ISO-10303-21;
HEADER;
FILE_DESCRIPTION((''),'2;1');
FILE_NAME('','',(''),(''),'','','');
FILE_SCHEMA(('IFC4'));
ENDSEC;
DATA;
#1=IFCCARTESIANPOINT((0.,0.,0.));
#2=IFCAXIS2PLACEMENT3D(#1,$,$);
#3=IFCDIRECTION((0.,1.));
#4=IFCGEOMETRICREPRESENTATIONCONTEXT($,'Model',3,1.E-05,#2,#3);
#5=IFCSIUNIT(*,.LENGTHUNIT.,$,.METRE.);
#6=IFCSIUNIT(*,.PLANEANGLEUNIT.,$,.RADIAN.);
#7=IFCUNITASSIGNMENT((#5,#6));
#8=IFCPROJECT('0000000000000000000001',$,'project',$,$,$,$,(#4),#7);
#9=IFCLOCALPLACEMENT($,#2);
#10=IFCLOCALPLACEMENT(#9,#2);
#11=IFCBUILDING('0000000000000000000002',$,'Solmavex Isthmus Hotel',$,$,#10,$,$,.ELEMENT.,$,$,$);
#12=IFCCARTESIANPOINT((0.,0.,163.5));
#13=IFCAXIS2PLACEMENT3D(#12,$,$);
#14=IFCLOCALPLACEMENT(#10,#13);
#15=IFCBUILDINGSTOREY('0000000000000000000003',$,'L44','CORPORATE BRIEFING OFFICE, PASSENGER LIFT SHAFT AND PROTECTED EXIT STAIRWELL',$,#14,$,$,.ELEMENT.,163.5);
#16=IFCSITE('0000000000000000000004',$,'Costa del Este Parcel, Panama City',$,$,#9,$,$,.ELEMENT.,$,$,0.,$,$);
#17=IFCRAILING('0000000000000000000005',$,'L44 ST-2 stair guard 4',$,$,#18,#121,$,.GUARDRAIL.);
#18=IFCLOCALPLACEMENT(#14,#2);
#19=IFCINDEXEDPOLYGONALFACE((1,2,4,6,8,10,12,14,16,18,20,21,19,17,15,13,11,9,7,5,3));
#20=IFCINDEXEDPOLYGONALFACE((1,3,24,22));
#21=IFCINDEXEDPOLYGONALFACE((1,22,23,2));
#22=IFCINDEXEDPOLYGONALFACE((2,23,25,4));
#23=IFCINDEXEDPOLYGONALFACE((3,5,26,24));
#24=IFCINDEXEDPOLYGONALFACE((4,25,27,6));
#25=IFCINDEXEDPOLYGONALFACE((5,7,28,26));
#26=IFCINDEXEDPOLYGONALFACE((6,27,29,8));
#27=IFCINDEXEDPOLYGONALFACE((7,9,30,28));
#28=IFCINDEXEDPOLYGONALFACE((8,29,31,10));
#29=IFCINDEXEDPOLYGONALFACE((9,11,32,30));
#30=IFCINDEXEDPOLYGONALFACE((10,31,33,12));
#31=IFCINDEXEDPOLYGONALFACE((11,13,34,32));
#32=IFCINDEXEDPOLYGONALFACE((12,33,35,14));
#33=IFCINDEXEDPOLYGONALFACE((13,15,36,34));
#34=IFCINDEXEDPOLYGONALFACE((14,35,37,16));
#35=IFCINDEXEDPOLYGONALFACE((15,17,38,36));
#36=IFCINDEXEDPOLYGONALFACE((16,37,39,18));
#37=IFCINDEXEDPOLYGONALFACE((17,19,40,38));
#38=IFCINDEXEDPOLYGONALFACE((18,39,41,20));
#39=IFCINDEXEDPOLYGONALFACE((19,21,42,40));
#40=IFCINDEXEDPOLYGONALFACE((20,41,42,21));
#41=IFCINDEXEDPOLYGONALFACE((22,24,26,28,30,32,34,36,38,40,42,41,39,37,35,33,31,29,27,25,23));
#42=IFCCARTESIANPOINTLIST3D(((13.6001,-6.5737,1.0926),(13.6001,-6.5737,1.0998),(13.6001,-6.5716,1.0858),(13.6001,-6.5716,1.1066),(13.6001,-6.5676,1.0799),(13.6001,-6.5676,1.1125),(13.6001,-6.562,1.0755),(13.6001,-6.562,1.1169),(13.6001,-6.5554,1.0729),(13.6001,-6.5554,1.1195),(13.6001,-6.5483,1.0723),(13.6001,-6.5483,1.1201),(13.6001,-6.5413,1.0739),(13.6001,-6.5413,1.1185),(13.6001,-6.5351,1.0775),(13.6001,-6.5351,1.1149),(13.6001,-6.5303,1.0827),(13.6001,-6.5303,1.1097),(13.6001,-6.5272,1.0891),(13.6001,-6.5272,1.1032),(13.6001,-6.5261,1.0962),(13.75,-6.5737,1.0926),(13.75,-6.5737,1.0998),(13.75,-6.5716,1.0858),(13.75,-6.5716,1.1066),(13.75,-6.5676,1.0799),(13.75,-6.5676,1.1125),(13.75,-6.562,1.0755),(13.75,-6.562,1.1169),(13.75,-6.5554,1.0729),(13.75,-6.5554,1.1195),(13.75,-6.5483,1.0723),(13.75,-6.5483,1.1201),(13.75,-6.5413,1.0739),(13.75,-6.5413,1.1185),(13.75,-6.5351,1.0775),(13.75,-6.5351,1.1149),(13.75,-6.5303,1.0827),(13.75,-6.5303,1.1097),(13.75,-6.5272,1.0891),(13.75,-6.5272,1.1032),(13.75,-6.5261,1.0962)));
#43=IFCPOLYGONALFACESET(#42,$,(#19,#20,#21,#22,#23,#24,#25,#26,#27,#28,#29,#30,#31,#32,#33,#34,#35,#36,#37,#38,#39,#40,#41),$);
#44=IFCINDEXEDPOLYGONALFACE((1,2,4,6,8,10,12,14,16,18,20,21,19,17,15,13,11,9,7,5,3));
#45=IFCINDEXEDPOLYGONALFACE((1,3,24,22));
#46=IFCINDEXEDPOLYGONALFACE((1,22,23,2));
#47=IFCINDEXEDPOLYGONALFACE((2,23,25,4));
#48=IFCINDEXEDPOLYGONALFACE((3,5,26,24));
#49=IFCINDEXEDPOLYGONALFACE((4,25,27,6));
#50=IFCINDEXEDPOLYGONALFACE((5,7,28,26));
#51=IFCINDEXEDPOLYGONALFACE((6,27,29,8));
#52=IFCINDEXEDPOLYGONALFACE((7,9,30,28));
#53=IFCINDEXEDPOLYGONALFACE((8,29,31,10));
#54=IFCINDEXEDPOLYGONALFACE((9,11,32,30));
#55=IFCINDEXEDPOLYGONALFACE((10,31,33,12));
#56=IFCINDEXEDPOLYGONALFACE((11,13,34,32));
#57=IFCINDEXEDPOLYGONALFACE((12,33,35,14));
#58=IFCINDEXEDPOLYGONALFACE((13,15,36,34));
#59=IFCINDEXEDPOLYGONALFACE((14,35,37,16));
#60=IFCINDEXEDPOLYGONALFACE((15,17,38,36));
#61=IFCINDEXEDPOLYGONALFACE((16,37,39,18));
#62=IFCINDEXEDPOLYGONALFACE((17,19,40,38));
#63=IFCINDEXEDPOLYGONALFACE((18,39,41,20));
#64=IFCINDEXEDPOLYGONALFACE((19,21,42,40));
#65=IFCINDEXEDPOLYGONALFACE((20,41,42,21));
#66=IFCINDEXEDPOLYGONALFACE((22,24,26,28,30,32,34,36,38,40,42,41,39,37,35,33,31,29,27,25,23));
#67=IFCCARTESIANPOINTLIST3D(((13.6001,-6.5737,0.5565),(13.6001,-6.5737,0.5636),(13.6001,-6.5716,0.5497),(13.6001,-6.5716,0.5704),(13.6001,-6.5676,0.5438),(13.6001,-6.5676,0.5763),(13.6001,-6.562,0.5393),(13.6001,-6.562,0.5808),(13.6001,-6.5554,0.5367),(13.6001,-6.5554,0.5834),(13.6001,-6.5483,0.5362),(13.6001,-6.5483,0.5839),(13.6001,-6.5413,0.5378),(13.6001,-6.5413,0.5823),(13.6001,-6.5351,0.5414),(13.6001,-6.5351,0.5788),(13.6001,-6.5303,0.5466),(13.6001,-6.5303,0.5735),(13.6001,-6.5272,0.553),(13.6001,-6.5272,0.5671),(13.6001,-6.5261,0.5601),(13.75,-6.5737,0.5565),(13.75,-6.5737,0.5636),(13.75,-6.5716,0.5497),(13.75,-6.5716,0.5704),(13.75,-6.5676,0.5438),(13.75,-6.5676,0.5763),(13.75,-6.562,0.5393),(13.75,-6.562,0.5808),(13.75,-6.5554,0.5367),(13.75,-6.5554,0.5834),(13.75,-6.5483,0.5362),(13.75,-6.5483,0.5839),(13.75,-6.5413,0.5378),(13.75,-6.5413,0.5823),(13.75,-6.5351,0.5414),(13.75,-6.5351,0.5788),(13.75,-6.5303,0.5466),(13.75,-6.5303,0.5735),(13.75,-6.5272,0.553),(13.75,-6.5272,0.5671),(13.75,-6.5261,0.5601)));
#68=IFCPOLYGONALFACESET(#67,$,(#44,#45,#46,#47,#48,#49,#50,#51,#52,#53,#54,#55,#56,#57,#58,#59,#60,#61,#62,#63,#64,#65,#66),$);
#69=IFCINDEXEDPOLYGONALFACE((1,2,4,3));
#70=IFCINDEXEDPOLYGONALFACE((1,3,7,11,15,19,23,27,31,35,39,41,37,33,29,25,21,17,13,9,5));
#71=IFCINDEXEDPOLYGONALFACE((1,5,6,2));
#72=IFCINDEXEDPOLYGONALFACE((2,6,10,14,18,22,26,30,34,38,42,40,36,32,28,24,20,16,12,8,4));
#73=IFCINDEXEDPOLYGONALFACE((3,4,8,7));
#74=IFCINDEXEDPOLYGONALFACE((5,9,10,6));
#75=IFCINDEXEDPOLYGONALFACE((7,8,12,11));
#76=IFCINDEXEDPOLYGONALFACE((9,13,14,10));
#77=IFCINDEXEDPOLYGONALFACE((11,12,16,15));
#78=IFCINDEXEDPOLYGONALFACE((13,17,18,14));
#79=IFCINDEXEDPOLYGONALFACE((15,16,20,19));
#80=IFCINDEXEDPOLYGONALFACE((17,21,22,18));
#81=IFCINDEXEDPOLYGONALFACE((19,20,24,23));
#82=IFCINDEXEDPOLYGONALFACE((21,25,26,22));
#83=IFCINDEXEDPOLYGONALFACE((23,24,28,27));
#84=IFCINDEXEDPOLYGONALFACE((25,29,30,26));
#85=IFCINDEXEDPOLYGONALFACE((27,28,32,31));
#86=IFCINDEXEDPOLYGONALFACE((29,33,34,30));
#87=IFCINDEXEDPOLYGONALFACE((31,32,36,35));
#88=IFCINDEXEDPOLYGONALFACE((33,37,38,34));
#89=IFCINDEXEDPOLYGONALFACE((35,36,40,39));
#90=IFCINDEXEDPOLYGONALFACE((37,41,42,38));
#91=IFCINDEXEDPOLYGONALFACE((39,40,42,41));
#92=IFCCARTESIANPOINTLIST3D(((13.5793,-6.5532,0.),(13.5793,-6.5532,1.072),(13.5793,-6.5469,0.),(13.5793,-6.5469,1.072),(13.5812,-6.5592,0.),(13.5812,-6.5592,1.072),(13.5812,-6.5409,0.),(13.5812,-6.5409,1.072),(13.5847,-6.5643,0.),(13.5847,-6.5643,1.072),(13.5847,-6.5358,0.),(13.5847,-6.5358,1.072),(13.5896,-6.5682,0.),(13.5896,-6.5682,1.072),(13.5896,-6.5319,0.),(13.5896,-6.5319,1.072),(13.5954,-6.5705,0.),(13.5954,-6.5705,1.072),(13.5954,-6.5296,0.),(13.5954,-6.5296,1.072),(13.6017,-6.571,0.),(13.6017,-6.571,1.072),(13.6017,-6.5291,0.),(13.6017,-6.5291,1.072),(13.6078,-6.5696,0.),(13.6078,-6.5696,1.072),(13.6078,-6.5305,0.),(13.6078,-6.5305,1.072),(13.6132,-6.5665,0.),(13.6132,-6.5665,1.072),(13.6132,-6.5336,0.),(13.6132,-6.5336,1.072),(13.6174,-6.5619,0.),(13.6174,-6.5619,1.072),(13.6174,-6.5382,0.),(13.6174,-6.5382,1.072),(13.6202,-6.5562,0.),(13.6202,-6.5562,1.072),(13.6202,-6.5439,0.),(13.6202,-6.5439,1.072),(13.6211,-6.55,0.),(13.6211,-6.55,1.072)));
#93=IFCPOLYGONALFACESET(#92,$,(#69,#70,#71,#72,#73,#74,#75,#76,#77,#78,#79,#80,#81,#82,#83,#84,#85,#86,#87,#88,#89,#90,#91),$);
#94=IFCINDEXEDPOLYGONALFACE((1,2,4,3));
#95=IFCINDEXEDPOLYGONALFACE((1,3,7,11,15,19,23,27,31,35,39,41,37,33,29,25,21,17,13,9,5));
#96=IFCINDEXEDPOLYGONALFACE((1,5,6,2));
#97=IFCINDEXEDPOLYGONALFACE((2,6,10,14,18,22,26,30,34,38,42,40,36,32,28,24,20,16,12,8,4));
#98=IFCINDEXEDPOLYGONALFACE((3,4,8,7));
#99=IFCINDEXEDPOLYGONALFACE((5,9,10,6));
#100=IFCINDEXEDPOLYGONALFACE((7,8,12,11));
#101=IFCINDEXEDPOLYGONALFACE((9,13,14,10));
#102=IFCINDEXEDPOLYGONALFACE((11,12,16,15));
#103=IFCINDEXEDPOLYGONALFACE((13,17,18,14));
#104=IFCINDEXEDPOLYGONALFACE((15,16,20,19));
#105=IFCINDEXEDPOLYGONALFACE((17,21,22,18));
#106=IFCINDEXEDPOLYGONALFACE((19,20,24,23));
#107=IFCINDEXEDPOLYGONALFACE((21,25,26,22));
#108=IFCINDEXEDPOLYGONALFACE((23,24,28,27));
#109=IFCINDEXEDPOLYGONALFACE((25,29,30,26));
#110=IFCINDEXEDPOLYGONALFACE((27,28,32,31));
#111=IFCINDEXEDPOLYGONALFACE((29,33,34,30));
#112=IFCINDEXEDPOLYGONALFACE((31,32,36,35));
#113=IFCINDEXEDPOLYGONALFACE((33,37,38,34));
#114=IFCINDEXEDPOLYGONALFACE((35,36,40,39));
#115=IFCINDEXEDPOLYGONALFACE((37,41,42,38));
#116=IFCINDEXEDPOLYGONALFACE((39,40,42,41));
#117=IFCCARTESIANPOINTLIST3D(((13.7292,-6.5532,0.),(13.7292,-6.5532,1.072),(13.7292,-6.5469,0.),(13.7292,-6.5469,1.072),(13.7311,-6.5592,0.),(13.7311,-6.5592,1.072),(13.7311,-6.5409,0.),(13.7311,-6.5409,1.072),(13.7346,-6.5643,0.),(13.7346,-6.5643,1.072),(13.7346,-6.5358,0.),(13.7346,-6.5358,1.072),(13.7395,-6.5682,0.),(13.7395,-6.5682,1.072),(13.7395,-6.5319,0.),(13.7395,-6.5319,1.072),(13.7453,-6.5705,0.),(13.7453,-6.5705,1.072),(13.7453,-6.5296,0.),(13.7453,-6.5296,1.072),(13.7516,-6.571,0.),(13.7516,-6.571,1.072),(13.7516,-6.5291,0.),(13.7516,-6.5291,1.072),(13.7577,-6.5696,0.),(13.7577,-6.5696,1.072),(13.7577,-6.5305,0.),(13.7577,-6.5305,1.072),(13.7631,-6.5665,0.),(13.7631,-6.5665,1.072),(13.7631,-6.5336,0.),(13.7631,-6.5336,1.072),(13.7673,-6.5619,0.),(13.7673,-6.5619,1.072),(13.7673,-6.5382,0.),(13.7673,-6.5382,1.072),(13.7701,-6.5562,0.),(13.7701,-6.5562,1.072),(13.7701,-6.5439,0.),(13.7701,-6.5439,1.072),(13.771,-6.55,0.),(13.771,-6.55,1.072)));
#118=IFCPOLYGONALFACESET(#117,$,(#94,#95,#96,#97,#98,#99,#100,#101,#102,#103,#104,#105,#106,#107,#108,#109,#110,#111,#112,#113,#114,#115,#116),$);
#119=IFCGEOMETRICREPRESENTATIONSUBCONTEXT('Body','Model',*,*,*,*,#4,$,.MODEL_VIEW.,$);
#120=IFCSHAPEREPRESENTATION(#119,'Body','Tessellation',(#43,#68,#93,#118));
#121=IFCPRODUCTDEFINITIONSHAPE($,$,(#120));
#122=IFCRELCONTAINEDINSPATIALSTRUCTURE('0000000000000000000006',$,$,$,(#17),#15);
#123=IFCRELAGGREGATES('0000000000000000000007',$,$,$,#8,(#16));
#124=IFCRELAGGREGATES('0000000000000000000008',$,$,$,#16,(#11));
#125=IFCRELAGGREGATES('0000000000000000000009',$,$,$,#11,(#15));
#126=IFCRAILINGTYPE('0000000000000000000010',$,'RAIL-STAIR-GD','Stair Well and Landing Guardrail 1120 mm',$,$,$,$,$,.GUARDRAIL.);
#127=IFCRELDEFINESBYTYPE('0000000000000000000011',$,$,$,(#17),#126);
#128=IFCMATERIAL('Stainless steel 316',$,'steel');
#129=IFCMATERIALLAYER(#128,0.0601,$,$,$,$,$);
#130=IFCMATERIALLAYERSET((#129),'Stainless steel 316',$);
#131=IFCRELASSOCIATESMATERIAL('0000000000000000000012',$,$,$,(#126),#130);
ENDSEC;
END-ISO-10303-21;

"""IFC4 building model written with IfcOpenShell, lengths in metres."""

from ifc_helpers import new_model, si_unit, direction, frame, origin, origin_2d, place, context, subcontext, project, spatial, circle, extrude, material, layer, layer_set, type_object, element, save


model = new_model("IFC4")

# Units and contexts
model_context = context("Model", 3, precision=1e-05, world=origin(), true_north=direction((0.0, 1.0)))
body_context = subcontext(model_context, "Body", "Model", "MODEL_VIEW")
ifc_project = project(units=[si_unit("LENGTHUNIT", "METRE"), si_unit("PLANEANGLEUNIT", "RADIAN")], contexts=[model_context])

# Site, building, storey
site_placement = place(None, origin())
site = spatial("IfcSite", under=ifc_project, at=site_placement, Name="Costa del Este Parcel, Panama City", CompositionType="ELEMENT", RefElevation=0.0)
building_placement = place(site_placement, origin())
building = spatial("IfcBuilding", under=site, at=building_placement, Name="Solmavex Isthmus Hotel", CompositionType="ELEMENT")
storey_placement = place(building_placement, frame((0.0, 0.0, 163.5)))
storey = spatial("IfcBuildingStorey", under=building, at=storey_placement, Name="L44", Description="CORPORATE BRIEFING OFFICE, PASSENGER LIFT SHAFT AND PROTECTED EXIT STAIRWELL", CompositionType="ELEMENT", Elevation=163.5)

# Shared definitions
ifc_material_1 = material(Name="Stainless steel 316", Category="steel")

# Railing
ifc_layer_1 = layer(ifc_material_1, 0.0601)
ifc_layer_set_1 = layer_set([ifc_layer_1], Name="Stainless steel 316")
railing_type_1 = type_object("IfcRailingType", Name="RAIL-STAIR-GD", Description="Stair Well and Landing Guardrail 1120 mm", PredefinedType="GUARDRAIL", material=ifc_layer_set_1)
for number, where, name in (
    (1, (13.6001, -6.55, 0.0), "L44 ST-2 stair guard 4"),
):
    element("IfcRailing", number, at=place(storey_placement, frame(where)), inside=storey, type_object=railing_type_1, Name=name, PredefinedType="GUARDRAIL", context=body_context, shape_type="SweptSolid", body=[
        extrude(circle(Radius=0.0239, at=origin_2d()), frame((0.0, 0.0, 1.0962), z_axis=(1.0, 0.0, 0.0), x_axis=(0.0, 1.0, 0.0)), (0.0, 0.0, 1.0), 0.1499),
        extrude(circle(Radius=0.0239, at=origin_2d()), frame((0.0, 0.0, 0.5601), z_axis=(1.0, 0.0, 0.0), x_axis=(0.0, 1.0, 0.0)), (0.0, 0.0, 1.0), 0.1499),
        extrude(circle(Radius=0.021, at=origin_2d()), origin(), (0.0, 0.0, 1.0), 1.072),
        extrude(circle(Radius=0.021, at=origin_2d()), frame((0.1499, 0.0, 0.0)), (0.0, 0.0, 1.0), 1.072),
    ])

save(model, "model.ifc")
